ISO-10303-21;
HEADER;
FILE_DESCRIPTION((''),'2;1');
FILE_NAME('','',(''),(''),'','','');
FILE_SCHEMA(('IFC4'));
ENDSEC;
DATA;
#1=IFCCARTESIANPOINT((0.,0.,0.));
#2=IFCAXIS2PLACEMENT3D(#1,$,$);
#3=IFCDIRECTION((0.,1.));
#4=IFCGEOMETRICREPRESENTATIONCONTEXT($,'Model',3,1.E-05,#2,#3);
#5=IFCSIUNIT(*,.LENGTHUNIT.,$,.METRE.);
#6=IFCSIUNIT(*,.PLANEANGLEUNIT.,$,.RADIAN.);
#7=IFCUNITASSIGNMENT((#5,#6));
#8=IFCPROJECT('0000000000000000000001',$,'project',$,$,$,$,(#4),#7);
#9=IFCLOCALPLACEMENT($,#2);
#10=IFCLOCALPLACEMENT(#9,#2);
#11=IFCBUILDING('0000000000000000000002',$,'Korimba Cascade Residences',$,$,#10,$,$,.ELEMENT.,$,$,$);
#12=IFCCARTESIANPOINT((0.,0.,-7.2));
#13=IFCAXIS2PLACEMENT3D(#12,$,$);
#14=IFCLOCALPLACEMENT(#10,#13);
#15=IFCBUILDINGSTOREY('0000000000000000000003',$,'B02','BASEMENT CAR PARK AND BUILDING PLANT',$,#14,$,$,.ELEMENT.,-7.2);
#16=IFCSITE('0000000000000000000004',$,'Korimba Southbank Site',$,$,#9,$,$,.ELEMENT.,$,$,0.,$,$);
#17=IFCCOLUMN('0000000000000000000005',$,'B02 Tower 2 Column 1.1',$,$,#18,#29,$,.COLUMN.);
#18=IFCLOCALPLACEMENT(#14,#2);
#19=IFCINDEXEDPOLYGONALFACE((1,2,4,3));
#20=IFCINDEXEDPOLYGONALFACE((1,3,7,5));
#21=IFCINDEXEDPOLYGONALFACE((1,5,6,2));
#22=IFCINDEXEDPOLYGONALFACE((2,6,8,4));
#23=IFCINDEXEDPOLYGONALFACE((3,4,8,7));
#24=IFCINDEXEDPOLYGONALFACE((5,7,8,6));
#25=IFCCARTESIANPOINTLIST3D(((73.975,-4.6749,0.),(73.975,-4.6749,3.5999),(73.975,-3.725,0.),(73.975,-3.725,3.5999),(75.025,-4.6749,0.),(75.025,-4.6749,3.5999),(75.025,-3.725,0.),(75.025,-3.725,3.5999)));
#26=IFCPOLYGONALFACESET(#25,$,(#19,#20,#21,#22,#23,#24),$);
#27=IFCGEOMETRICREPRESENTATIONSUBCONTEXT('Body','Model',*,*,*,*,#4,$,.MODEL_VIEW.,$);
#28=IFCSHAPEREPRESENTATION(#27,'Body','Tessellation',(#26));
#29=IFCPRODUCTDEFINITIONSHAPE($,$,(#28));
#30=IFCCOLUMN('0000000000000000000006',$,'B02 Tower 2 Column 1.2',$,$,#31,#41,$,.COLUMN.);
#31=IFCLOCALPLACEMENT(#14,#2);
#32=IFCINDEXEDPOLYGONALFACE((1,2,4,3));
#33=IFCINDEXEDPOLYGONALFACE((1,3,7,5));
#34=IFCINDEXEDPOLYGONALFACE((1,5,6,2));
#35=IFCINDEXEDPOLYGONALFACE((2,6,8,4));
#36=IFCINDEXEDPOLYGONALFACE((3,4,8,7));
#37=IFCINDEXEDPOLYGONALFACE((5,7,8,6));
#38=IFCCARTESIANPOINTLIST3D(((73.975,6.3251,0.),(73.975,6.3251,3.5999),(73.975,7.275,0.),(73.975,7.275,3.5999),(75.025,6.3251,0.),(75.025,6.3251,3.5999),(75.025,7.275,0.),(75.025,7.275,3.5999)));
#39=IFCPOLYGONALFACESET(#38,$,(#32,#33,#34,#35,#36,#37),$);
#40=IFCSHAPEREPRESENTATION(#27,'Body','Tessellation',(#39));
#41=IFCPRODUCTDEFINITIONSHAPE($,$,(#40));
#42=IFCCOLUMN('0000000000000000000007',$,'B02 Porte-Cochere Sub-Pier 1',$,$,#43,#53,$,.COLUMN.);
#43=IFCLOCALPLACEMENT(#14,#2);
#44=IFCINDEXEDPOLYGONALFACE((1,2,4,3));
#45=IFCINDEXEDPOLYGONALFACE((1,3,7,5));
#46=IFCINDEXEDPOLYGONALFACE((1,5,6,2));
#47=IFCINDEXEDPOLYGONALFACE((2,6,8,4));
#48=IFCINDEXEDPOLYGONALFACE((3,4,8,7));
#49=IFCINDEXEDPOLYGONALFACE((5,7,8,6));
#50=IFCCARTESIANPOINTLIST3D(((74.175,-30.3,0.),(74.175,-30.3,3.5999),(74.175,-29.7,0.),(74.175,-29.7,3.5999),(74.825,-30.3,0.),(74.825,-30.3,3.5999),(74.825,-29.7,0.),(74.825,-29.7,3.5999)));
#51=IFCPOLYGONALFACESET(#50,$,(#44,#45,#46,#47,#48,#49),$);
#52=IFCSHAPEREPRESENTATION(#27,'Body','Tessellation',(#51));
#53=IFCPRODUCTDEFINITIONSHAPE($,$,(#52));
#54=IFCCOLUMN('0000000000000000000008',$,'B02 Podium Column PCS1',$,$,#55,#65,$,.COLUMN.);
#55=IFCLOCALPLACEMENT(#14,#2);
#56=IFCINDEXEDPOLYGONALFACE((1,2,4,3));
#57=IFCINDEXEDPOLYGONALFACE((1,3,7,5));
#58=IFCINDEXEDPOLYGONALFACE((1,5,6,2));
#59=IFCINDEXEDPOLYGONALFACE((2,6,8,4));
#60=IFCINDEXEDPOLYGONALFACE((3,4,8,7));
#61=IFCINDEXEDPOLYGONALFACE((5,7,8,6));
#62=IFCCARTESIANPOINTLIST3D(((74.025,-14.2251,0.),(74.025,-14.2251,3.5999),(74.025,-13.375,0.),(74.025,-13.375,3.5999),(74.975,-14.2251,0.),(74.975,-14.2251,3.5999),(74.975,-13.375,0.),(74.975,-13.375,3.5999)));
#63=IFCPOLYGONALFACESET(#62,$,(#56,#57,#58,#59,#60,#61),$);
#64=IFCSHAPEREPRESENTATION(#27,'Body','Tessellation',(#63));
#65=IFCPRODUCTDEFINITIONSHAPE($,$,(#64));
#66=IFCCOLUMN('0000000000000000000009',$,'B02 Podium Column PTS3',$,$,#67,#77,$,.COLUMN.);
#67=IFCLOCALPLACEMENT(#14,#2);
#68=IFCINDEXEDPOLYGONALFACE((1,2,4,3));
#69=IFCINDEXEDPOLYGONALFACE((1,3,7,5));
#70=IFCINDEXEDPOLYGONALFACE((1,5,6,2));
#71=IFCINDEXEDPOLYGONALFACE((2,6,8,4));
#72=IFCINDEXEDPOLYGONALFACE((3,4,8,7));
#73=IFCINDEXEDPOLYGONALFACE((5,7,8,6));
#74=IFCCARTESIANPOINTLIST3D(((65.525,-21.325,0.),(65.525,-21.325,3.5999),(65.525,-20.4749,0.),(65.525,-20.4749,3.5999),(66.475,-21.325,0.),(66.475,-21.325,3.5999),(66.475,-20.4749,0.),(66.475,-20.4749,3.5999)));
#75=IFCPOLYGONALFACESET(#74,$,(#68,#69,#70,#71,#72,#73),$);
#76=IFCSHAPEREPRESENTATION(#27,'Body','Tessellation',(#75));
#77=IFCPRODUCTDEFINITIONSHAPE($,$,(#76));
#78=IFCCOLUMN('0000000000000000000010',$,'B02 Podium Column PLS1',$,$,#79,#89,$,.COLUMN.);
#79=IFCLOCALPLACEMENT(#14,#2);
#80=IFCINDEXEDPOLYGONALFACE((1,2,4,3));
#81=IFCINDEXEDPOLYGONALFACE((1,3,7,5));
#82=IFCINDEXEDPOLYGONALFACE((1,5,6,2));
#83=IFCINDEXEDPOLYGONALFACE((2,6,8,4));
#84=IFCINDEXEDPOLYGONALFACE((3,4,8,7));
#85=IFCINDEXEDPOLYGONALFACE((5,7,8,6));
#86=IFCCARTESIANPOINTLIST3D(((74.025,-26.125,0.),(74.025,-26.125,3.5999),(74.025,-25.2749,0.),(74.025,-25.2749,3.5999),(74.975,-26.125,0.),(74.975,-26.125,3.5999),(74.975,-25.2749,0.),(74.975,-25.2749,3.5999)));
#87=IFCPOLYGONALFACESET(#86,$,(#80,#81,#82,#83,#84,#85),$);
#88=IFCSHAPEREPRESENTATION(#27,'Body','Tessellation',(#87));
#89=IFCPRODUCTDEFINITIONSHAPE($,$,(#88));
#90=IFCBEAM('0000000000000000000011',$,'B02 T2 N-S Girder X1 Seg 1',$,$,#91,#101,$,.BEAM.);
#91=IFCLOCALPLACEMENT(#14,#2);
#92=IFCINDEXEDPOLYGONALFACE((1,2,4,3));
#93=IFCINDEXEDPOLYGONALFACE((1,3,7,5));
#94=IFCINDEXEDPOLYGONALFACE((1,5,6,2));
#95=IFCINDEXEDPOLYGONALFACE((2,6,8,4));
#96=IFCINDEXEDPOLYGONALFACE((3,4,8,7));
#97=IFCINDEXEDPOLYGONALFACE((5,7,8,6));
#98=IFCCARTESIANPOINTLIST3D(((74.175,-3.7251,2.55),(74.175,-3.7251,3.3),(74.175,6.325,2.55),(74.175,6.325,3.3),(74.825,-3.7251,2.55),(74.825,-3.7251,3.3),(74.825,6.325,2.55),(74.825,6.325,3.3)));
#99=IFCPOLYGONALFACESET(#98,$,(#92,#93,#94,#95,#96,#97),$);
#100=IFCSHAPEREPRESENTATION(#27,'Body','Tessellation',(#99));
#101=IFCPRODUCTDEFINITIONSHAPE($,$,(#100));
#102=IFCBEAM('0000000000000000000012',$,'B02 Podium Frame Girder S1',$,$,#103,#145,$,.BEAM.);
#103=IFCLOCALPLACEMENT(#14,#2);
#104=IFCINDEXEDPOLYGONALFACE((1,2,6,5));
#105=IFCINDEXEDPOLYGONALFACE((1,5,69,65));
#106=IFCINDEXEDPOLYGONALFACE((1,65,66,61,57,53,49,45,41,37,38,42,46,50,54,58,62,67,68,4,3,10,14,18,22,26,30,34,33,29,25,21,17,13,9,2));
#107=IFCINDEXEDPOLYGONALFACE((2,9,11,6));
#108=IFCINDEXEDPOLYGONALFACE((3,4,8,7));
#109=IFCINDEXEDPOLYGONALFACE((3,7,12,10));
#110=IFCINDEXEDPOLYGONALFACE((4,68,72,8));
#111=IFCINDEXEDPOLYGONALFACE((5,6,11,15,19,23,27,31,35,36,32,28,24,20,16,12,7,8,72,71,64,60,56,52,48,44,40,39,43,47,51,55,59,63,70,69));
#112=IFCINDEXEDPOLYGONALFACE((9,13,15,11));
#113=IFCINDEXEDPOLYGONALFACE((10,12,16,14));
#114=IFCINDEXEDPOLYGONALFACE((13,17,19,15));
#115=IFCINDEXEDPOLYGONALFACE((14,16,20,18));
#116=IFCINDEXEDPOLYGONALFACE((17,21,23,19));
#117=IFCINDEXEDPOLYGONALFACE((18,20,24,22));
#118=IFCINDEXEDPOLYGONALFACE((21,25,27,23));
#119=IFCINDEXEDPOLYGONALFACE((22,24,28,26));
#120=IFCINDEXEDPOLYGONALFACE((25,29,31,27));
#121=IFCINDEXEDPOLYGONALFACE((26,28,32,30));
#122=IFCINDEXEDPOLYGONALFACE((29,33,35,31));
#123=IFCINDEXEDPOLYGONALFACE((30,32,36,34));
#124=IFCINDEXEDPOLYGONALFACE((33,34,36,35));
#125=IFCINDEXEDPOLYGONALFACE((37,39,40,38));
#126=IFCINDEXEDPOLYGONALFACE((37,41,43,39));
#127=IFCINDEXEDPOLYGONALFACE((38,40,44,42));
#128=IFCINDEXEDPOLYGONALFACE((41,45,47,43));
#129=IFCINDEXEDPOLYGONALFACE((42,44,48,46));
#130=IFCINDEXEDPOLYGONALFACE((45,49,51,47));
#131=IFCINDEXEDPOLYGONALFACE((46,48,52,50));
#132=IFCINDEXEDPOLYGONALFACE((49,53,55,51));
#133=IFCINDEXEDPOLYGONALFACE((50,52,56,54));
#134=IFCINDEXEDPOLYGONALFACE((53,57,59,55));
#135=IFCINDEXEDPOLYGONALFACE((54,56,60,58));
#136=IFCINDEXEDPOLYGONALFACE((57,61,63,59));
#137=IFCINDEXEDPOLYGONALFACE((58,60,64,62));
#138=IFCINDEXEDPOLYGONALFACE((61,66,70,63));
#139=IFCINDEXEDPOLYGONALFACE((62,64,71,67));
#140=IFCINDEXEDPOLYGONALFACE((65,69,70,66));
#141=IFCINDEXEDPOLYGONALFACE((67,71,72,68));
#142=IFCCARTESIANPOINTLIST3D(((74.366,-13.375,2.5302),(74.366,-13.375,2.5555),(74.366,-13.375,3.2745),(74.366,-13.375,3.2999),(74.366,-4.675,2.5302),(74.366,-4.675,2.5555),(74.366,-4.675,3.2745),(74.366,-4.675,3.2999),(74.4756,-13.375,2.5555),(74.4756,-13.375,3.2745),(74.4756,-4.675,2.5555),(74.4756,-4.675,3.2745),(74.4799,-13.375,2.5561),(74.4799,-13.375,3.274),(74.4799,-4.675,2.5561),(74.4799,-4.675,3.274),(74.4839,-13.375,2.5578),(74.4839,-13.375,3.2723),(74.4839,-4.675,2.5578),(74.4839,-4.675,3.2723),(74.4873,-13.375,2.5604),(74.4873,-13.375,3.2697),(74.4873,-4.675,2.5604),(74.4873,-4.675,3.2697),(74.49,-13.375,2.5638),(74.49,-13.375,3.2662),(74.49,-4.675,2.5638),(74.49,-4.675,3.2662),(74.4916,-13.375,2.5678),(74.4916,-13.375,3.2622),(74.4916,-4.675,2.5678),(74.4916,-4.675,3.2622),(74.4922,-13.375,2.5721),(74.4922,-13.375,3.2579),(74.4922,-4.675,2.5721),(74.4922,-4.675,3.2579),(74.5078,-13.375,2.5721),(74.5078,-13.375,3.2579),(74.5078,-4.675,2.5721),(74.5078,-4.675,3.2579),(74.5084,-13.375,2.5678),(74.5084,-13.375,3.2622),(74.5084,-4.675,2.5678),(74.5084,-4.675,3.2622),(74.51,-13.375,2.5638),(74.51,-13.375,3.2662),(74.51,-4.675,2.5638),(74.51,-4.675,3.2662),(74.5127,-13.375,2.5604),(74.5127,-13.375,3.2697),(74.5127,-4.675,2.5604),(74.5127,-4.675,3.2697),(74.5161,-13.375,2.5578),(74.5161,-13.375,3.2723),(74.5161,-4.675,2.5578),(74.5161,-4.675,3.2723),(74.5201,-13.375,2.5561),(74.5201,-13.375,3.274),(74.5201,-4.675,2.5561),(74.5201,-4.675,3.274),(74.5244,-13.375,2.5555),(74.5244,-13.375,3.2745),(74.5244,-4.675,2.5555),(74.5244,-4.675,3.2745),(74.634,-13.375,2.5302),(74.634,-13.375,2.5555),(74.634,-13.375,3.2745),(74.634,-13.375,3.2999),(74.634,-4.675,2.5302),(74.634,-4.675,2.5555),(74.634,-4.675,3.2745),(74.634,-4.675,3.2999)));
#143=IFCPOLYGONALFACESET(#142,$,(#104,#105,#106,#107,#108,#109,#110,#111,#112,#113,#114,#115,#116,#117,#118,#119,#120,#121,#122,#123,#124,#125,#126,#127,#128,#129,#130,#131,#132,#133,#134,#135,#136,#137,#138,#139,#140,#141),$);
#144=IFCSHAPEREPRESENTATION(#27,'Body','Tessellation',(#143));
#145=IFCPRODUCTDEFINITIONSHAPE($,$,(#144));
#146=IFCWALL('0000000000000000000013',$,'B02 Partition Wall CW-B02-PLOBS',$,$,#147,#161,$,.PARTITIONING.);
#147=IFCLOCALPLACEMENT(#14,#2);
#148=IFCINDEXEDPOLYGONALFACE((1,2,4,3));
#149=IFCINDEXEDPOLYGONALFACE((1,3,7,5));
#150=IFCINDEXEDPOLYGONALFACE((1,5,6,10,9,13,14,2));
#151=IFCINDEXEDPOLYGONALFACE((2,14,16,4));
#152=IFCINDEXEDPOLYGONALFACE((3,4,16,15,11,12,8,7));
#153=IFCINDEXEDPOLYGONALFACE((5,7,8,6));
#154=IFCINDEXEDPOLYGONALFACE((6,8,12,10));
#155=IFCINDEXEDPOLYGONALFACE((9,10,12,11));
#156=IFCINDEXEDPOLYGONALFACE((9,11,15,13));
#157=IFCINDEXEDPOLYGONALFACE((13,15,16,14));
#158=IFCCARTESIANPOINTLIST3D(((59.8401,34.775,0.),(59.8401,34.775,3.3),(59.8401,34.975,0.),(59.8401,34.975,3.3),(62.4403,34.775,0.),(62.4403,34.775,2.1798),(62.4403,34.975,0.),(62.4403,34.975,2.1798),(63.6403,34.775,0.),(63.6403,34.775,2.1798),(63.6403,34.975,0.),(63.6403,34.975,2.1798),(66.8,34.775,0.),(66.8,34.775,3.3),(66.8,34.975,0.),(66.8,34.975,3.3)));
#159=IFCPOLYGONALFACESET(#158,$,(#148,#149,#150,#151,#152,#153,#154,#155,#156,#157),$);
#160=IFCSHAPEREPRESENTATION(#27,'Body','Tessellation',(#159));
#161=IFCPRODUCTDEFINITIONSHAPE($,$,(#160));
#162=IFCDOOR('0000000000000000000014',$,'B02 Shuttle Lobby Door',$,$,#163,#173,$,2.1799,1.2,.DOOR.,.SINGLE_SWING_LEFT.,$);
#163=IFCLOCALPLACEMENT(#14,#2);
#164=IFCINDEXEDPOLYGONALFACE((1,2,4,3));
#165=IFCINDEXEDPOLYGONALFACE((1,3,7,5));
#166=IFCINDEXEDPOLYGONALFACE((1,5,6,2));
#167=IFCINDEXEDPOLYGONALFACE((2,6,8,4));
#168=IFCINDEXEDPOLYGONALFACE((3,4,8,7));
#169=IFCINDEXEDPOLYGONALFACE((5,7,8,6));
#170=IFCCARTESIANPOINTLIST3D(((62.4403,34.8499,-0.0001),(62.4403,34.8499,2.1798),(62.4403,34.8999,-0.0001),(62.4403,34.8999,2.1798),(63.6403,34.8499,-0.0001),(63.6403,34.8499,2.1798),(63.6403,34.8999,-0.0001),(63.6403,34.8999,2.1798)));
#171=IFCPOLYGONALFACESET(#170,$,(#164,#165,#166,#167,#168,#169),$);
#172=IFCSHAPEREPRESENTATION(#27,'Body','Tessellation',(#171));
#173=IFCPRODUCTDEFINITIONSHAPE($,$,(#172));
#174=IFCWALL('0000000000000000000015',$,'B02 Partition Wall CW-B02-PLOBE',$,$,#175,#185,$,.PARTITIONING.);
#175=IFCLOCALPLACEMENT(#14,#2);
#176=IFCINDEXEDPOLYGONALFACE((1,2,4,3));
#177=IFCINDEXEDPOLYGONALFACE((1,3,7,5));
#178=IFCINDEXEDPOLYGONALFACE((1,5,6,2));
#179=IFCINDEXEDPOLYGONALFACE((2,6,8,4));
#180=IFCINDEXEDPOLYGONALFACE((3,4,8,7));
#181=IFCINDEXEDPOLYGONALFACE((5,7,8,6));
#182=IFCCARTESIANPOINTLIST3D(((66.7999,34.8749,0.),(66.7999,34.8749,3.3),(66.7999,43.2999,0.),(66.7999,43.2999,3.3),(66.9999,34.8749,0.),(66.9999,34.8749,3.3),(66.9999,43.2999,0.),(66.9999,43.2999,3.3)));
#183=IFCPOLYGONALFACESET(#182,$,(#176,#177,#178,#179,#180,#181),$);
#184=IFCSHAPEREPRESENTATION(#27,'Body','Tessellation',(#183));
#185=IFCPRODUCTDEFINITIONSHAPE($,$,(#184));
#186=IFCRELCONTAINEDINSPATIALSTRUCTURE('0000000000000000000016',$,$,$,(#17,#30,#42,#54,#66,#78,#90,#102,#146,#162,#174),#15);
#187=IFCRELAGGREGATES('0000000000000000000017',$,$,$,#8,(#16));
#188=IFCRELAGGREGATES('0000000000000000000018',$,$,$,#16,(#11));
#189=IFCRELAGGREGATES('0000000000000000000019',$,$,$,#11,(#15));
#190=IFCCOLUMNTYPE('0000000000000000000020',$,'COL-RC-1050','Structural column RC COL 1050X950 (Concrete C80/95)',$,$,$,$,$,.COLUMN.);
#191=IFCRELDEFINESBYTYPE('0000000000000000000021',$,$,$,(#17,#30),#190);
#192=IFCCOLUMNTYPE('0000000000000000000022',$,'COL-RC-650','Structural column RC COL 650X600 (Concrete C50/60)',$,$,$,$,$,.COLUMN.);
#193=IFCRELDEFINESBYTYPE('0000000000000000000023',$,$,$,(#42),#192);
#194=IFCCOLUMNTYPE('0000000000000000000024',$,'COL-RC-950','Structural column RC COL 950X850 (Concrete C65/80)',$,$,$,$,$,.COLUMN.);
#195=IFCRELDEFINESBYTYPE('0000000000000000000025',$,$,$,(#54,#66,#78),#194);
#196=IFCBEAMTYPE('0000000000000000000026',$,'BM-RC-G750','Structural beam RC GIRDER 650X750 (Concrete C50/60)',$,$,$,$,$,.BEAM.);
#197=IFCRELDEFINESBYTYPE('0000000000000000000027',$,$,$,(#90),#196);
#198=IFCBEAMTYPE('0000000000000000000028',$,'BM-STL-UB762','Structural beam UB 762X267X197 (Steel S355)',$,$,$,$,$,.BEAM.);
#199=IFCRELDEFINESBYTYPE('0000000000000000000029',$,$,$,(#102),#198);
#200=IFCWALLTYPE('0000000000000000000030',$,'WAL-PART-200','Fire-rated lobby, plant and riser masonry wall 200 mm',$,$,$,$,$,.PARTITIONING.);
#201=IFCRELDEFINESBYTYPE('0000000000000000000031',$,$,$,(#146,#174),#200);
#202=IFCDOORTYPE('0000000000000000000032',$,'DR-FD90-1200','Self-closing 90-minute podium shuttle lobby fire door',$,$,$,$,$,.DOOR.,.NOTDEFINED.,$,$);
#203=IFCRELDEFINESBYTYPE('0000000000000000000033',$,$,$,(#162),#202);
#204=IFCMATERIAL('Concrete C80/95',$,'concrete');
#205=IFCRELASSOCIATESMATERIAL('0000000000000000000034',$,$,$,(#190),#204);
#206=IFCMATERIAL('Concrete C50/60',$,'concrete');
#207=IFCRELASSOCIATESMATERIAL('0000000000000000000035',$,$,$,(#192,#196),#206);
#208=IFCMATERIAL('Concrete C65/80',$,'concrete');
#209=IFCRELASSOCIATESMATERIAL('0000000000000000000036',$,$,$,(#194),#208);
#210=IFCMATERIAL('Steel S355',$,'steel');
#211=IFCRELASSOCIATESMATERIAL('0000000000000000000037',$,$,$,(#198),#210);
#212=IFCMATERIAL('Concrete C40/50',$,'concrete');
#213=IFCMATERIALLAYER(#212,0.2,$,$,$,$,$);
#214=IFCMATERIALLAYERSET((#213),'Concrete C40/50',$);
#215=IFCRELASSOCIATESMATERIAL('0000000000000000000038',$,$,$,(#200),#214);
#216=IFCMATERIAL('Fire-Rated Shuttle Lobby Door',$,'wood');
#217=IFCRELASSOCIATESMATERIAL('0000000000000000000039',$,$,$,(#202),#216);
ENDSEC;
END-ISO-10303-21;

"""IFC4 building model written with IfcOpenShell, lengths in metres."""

from ifc_helpers import new_model, si_unit, direction, frame, frame_2d, origin, origin_2d, place, context, subcontext, project, spatial, rectangle, i_section, extrude, material, layer, layer_set, material_profile, profile_set, type_object, element, fill, save


model = new_model("IFC4")

# Units and contexts
model_context = context("Model", 3, precision=1e-05, world=origin(), true_north=direction((0.0, 1.0)))
body_context = subcontext(model_context, "Body", "Model", "MODEL_VIEW")
ifc_project = project(units=[si_unit("LENGTHUNIT", "METRE"), si_unit("PLANEANGLEUNIT", "RADIAN")], contexts=[model_context])

# Site, building, storey
site_placement = place(None, origin())
site = spatial("IfcSite", under=ifc_project, at=site_placement, Name="Korimba Southbank Site", CompositionType="ELEMENT", RefElevation=0.0)
building_placement = place(site_placement, origin())
building = spatial("IfcBuilding", under=site, at=building_placement, Name="Korimba Cascade Residences", CompositionType="ELEMENT")
storey_placement = place(building_placement, frame((0.0, 0.0, -7.2)))
storey = spatial("IfcBuildingStorey", under=building, at=storey_placement, Name="B02", Description="BASEMENT CAR PARK AND BUILDING PLANT", CompositionType="ELEMENT", Elevation=-7.2)

# Columns
ifc_material_1 = material(Name="Concrete C80/95", Category="concrete")
ifc_material_profile_1 = material_profile(ifc_material_1, rectangle(XDim=1.05, YDim=0.95, at=origin_2d()), Name="Concrete C80/95")
ifc_profile_set_1 = profile_set([ifc_material_profile_1], Name="Concrete C80/95")
column_type_1 = type_object("IfcColumnType", Name="COL-RC-1050", Description="Structural column RC COL 1050X950 (Concrete C80/95)", PredefinedType="COLUMN", material=ifc_profile_set_1)
for number, where, z_axis, x_axis, name in (
    (1, (74.5, -4.2, 0.0), (0.0, 0.0, 1.0), (1.0, 0.0, 0.0), "B02 Tower 2 Column 1.1"),
    (2, (74.5, 6.8, 0.0), (0.0, 0.0, 1.0), (1.0, 0.0, 0.0), "B02 Tower 2 Column 1.2"),
):
    element("IfcColumn", number, at=place(storey_placement, frame(where, z_axis=z_axis, x_axis=x_axis)), inside=storey, type_object=column_type_1, Name=name, PredefinedType="COLUMN", context=body_context, shape_type="SweptSolid", body=[
        extrude(rectangle(XDim=1.05, YDim=0.95, at=origin_2d()), origin(), (0.0, 0.0, 1.0), 3.5999),
    ])
ifc_material_2 = material(Name="Concrete C50/60", Category="concrete")
ifc_material_profile_2 = material_profile(ifc_material_2, rectangle(XDim=0.6499, YDim=0.6001, at=origin_2d()), Name="Concrete C50/60")
ifc_profile_set_2 = profile_set([ifc_material_profile_2], Name="Concrete C50/60")
column_type_2 = type_object("IfcColumnType", Name="COL-RC-650", Description="Structural column RC COL 650X600 (Concrete C50/60)", PredefinedType="COLUMN", material=ifc_profile_set_2)
column_placement = place(storey_placement, frame((74.5, -30.0, 0.0), z_axis=(0.0, 0.0, 1.0), x_axis=(1.0, 0.0, 0.0)))
element("IfcColumn", 3, at=column_placement, inside=storey, type_object=column_type_2, Name="B02 Porte-Cochere Sub-Pier 1", PredefinedType="COLUMN", context=body_context, shape_type="SweptSolid", body=[
    extrude(rectangle(XDim=0.6499, YDim=0.6001, at=origin_2d()), origin(), (0.0, 0.0, 1.0), 3.5999),
])
ifc_material_3 = material(Name="Concrete C65/80", Category="concrete")
ifc_material_profile_3 = material_profile(ifc_material_3, rectangle(XDim=0.95, YDim=0.8501, at=origin_2d()), Name="Concrete C65/80")
ifc_profile_set_3 = profile_set([ifc_material_profile_3], Name="Concrete C65/80")
column_type_3 = type_object("IfcColumnType", Name="COL-RC-950", Description="Structural column RC COL 950X850 (Concrete C65/80)", PredefinedType="COLUMN", material=ifc_profile_set_3)
for number, where, z_axis, x_axis, name in (
    (4, (74.5, -13.8, 0.0), (0.0, 0.0, 1.0), (1.0, 0.0, 0.0), "B02 Podium Column PCS1"),
    (5, (66.0, -20.8999, 0.0), (0.0, 0.0, 1.0), (1.0, 0.0, 0.0), "B02 Podium Column PTS3"),
    (6, (74.5, -25.7, 0.0), (0.0, 0.0, 1.0), (1.0, 0.0, 0.0), "B02 Podium Column PLS1"),
):
    element("IfcColumn", number, at=place(storey_placement, frame(where, z_axis=z_axis, x_axis=x_axis)), inside=storey, type_object=column_type_3, Name=name, PredefinedType="COLUMN", context=body_context, shape_type="SweptSolid", body=[
        extrude(rectangle(XDim=0.95, YDim=0.8501, at=origin_2d()), origin(), (0.0, 0.0, 1.0), 3.5999),
    ])

# Beams
ifc_material_profile_4 = material_profile(ifc_material_2, rectangle(XDim=0.6499, YDim=0.75, at=origin_2d()), Name="Concrete C50/60")
ifc_profile_set_4 = profile_set([ifc_material_profile_4], Name="Concrete C50/60")
beam_type_1 = type_object("IfcBeamType", Name="BM-RC-G750", Description="Structural beam RC GIRDER 650X750 (Concrete C50/60)", PredefinedType="BEAM", material=ifc_profile_set_4)
beam_1_placement = place(storey_placement, frame((74.5, -3.7251, 2.925), z_axis=(0.0, 1.0, 0.0), x_axis=(-1.0, 0.0, 0.0)))
element("IfcBeam", 7, at=beam_1_placement, inside=storey, type_object=beam_type_1, Name="B02 T2 N-S Girder X1 Seg 1", PredefinedType="BEAM", context=body_context, shape_type="SweptSolid", body=[
    extrude(rectangle(XDim=0.6499, YDim=0.75, at=origin_2d()), origin(), (0.0, 0.0, 1.0), 10.05),
])
ifc_material_4 = material(Name="Steel S355", Category="steel")
ifc_material_profile_5 = material_profile(ifc_material_4, i_section(OverallWidth=0.2681, OverallDepth=0.7698, WebThickness=0.0156, FlangeThickness=0.0254, FilletRadius=0.0166, at=origin_2d()), Name="Steel S355")
ifc_profile_set_5 = profile_set([ifc_material_profile_5], Name="Steel S355")
beam_type_2 = type_object("IfcBeamType", Name="BM-STL-UB762", Description="Structural beam UB 762X267X197 (Steel S355)", PredefinedType="BEAM", material=ifc_profile_set_5)
beam_2_placement = place(storey_placement, frame((74.5, -13.375, 2.915), z_axis=(0.0, 1.0, 0.0), x_axis=(-1.0, 0.0, 0.0)))
element("IfcBeam", 8, at=beam_2_placement, inside=storey, type_object=beam_type_2, Name="B02 Podium Frame Girder S1", PredefinedType="BEAM", context=body_context, shape_type="SweptSolid", body=[
    extrude(i_section(OverallWidth=0.2681, OverallDepth=0.7698, WebThickness=0.0156, FlangeThickness=0.0254, FilletRadius=0.0166, at=origin_2d()), origin(), (0.0, 0.0, 1.0), 8.7),
])

# Wall, opening, door
ifc_material_5 = material(Name="Concrete C40/50", Category="concrete")
ifc_layer_1 = layer(ifc_material_5, 0.2)
ifc_layer_set_1 = layer_set([ifc_layer_1], Name="Concrete C40/50")
wall_type_1 = type_object("IfcWallType", Name="WAL-PART-200", Description="Fire-rated lobby, plant and riser masonry wall 200 mm", PredefinedType="PARTITIONING", material=ifc_layer_set_1)
wall_1_placement = place(storey_placement, frame((59.8401, 34.875, 0.0), z_axis=(0.0, 0.0, 1.0), x_axis=(1.0, 0.0, 0.0)))
wall_1 = element("IfcWall", 9, at=wall_1_placement, inside=storey, type_object=wall_type_1, Name="B02 Partition Wall CW-B02-PLOBS", PredefinedType="PARTITIONING", context=body_context, shape_type="SweptSolid", body=[
    extrude(rectangle(XDim=6.96, YDim=0.2, at=frame_2d((3.48, 0.0))), origin(), (0.0, 0.0, 1.0), 3.3),
])
opening_1_placement = place(wall_1_placement, frame((2.6001, 0.0, 0.0)))
opening_1 = element("IfcOpeningElement", 10, at=opening_1_placement, cuts=wall_1, PredefinedType="OPENING", context=body_context, shape_type="SweptSolid", body=[
    extrude(rectangle(XDim=1.2, YDim=2.1799, at=frame_2d((0.6001, 1.0898))), frame((0.0, 0.1099, 0.0), z_axis=(0.0, -1.0, 0.0), x_axis=(1.0, 0.0, 0.0)), (0.0, 0.0, 1.0), 0.22),
])
ifc_material_6 = material(Name="Fire-Rated Shuttle Lobby Door", Category="wood")
door_type_1 = type_object("IfcDoorType", Name="DR-FD90-1200", Description="Self-closing 90-minute podium shuttle lobby fire door", OperationType="NOTDEFINED", PredefinedType="DOOR", material=ifc_material_6)
door_1_placement = place(opening_1_placement, origin())
door_1 = element("IfcDoor", 11, at=door_1_placement, inside=storey, type_object=door_type_1, Name="B02 Shuttle Lobby Door", OperationType="SINGLE_SWING_LEFT", OverallHeight=2.1799, OverallWidth=1.2, PredefinedType="DOOR", context=body_context, shape_type="SweptSolid", body=[
    extrude(rectangle(XDim=1.2, YDim=2.1799, at=frame_2d((0.6001, 1.0898))), frame((0.0, 0.0249, 0.0), z_axis=(0.0, -1.0, 0.0), x_axis=(1.0, 0.0, 0.0)), (0.0, 0.0, 1.0), 0.05),
])
fill(opening_1, door_1)

# Wall
wall_2_placement = place(storey_placement, frame((66.8999, 34.875, 0.0), z_axis=(0.0, 0.0, 1.0), x_axis=(0.0, 1.0, 0.0)))
element("IfcWall", 12, at=wall_2_placement, inside=storey, type_object=wall_type_1, Name="B02 Partition Wall CW-B02-PLOBE", PredefinedType="PARTITIONING", context=body_context, shape_type="SweptSolid", body=[
    extrude(rectangle(XDim=8.425, YDim=0.2, at=frame_2d((4.2124, 0.0))), origin(), (0.0, 0.0, 1.0), 3.3),
])

save(model, "model.ifc")
